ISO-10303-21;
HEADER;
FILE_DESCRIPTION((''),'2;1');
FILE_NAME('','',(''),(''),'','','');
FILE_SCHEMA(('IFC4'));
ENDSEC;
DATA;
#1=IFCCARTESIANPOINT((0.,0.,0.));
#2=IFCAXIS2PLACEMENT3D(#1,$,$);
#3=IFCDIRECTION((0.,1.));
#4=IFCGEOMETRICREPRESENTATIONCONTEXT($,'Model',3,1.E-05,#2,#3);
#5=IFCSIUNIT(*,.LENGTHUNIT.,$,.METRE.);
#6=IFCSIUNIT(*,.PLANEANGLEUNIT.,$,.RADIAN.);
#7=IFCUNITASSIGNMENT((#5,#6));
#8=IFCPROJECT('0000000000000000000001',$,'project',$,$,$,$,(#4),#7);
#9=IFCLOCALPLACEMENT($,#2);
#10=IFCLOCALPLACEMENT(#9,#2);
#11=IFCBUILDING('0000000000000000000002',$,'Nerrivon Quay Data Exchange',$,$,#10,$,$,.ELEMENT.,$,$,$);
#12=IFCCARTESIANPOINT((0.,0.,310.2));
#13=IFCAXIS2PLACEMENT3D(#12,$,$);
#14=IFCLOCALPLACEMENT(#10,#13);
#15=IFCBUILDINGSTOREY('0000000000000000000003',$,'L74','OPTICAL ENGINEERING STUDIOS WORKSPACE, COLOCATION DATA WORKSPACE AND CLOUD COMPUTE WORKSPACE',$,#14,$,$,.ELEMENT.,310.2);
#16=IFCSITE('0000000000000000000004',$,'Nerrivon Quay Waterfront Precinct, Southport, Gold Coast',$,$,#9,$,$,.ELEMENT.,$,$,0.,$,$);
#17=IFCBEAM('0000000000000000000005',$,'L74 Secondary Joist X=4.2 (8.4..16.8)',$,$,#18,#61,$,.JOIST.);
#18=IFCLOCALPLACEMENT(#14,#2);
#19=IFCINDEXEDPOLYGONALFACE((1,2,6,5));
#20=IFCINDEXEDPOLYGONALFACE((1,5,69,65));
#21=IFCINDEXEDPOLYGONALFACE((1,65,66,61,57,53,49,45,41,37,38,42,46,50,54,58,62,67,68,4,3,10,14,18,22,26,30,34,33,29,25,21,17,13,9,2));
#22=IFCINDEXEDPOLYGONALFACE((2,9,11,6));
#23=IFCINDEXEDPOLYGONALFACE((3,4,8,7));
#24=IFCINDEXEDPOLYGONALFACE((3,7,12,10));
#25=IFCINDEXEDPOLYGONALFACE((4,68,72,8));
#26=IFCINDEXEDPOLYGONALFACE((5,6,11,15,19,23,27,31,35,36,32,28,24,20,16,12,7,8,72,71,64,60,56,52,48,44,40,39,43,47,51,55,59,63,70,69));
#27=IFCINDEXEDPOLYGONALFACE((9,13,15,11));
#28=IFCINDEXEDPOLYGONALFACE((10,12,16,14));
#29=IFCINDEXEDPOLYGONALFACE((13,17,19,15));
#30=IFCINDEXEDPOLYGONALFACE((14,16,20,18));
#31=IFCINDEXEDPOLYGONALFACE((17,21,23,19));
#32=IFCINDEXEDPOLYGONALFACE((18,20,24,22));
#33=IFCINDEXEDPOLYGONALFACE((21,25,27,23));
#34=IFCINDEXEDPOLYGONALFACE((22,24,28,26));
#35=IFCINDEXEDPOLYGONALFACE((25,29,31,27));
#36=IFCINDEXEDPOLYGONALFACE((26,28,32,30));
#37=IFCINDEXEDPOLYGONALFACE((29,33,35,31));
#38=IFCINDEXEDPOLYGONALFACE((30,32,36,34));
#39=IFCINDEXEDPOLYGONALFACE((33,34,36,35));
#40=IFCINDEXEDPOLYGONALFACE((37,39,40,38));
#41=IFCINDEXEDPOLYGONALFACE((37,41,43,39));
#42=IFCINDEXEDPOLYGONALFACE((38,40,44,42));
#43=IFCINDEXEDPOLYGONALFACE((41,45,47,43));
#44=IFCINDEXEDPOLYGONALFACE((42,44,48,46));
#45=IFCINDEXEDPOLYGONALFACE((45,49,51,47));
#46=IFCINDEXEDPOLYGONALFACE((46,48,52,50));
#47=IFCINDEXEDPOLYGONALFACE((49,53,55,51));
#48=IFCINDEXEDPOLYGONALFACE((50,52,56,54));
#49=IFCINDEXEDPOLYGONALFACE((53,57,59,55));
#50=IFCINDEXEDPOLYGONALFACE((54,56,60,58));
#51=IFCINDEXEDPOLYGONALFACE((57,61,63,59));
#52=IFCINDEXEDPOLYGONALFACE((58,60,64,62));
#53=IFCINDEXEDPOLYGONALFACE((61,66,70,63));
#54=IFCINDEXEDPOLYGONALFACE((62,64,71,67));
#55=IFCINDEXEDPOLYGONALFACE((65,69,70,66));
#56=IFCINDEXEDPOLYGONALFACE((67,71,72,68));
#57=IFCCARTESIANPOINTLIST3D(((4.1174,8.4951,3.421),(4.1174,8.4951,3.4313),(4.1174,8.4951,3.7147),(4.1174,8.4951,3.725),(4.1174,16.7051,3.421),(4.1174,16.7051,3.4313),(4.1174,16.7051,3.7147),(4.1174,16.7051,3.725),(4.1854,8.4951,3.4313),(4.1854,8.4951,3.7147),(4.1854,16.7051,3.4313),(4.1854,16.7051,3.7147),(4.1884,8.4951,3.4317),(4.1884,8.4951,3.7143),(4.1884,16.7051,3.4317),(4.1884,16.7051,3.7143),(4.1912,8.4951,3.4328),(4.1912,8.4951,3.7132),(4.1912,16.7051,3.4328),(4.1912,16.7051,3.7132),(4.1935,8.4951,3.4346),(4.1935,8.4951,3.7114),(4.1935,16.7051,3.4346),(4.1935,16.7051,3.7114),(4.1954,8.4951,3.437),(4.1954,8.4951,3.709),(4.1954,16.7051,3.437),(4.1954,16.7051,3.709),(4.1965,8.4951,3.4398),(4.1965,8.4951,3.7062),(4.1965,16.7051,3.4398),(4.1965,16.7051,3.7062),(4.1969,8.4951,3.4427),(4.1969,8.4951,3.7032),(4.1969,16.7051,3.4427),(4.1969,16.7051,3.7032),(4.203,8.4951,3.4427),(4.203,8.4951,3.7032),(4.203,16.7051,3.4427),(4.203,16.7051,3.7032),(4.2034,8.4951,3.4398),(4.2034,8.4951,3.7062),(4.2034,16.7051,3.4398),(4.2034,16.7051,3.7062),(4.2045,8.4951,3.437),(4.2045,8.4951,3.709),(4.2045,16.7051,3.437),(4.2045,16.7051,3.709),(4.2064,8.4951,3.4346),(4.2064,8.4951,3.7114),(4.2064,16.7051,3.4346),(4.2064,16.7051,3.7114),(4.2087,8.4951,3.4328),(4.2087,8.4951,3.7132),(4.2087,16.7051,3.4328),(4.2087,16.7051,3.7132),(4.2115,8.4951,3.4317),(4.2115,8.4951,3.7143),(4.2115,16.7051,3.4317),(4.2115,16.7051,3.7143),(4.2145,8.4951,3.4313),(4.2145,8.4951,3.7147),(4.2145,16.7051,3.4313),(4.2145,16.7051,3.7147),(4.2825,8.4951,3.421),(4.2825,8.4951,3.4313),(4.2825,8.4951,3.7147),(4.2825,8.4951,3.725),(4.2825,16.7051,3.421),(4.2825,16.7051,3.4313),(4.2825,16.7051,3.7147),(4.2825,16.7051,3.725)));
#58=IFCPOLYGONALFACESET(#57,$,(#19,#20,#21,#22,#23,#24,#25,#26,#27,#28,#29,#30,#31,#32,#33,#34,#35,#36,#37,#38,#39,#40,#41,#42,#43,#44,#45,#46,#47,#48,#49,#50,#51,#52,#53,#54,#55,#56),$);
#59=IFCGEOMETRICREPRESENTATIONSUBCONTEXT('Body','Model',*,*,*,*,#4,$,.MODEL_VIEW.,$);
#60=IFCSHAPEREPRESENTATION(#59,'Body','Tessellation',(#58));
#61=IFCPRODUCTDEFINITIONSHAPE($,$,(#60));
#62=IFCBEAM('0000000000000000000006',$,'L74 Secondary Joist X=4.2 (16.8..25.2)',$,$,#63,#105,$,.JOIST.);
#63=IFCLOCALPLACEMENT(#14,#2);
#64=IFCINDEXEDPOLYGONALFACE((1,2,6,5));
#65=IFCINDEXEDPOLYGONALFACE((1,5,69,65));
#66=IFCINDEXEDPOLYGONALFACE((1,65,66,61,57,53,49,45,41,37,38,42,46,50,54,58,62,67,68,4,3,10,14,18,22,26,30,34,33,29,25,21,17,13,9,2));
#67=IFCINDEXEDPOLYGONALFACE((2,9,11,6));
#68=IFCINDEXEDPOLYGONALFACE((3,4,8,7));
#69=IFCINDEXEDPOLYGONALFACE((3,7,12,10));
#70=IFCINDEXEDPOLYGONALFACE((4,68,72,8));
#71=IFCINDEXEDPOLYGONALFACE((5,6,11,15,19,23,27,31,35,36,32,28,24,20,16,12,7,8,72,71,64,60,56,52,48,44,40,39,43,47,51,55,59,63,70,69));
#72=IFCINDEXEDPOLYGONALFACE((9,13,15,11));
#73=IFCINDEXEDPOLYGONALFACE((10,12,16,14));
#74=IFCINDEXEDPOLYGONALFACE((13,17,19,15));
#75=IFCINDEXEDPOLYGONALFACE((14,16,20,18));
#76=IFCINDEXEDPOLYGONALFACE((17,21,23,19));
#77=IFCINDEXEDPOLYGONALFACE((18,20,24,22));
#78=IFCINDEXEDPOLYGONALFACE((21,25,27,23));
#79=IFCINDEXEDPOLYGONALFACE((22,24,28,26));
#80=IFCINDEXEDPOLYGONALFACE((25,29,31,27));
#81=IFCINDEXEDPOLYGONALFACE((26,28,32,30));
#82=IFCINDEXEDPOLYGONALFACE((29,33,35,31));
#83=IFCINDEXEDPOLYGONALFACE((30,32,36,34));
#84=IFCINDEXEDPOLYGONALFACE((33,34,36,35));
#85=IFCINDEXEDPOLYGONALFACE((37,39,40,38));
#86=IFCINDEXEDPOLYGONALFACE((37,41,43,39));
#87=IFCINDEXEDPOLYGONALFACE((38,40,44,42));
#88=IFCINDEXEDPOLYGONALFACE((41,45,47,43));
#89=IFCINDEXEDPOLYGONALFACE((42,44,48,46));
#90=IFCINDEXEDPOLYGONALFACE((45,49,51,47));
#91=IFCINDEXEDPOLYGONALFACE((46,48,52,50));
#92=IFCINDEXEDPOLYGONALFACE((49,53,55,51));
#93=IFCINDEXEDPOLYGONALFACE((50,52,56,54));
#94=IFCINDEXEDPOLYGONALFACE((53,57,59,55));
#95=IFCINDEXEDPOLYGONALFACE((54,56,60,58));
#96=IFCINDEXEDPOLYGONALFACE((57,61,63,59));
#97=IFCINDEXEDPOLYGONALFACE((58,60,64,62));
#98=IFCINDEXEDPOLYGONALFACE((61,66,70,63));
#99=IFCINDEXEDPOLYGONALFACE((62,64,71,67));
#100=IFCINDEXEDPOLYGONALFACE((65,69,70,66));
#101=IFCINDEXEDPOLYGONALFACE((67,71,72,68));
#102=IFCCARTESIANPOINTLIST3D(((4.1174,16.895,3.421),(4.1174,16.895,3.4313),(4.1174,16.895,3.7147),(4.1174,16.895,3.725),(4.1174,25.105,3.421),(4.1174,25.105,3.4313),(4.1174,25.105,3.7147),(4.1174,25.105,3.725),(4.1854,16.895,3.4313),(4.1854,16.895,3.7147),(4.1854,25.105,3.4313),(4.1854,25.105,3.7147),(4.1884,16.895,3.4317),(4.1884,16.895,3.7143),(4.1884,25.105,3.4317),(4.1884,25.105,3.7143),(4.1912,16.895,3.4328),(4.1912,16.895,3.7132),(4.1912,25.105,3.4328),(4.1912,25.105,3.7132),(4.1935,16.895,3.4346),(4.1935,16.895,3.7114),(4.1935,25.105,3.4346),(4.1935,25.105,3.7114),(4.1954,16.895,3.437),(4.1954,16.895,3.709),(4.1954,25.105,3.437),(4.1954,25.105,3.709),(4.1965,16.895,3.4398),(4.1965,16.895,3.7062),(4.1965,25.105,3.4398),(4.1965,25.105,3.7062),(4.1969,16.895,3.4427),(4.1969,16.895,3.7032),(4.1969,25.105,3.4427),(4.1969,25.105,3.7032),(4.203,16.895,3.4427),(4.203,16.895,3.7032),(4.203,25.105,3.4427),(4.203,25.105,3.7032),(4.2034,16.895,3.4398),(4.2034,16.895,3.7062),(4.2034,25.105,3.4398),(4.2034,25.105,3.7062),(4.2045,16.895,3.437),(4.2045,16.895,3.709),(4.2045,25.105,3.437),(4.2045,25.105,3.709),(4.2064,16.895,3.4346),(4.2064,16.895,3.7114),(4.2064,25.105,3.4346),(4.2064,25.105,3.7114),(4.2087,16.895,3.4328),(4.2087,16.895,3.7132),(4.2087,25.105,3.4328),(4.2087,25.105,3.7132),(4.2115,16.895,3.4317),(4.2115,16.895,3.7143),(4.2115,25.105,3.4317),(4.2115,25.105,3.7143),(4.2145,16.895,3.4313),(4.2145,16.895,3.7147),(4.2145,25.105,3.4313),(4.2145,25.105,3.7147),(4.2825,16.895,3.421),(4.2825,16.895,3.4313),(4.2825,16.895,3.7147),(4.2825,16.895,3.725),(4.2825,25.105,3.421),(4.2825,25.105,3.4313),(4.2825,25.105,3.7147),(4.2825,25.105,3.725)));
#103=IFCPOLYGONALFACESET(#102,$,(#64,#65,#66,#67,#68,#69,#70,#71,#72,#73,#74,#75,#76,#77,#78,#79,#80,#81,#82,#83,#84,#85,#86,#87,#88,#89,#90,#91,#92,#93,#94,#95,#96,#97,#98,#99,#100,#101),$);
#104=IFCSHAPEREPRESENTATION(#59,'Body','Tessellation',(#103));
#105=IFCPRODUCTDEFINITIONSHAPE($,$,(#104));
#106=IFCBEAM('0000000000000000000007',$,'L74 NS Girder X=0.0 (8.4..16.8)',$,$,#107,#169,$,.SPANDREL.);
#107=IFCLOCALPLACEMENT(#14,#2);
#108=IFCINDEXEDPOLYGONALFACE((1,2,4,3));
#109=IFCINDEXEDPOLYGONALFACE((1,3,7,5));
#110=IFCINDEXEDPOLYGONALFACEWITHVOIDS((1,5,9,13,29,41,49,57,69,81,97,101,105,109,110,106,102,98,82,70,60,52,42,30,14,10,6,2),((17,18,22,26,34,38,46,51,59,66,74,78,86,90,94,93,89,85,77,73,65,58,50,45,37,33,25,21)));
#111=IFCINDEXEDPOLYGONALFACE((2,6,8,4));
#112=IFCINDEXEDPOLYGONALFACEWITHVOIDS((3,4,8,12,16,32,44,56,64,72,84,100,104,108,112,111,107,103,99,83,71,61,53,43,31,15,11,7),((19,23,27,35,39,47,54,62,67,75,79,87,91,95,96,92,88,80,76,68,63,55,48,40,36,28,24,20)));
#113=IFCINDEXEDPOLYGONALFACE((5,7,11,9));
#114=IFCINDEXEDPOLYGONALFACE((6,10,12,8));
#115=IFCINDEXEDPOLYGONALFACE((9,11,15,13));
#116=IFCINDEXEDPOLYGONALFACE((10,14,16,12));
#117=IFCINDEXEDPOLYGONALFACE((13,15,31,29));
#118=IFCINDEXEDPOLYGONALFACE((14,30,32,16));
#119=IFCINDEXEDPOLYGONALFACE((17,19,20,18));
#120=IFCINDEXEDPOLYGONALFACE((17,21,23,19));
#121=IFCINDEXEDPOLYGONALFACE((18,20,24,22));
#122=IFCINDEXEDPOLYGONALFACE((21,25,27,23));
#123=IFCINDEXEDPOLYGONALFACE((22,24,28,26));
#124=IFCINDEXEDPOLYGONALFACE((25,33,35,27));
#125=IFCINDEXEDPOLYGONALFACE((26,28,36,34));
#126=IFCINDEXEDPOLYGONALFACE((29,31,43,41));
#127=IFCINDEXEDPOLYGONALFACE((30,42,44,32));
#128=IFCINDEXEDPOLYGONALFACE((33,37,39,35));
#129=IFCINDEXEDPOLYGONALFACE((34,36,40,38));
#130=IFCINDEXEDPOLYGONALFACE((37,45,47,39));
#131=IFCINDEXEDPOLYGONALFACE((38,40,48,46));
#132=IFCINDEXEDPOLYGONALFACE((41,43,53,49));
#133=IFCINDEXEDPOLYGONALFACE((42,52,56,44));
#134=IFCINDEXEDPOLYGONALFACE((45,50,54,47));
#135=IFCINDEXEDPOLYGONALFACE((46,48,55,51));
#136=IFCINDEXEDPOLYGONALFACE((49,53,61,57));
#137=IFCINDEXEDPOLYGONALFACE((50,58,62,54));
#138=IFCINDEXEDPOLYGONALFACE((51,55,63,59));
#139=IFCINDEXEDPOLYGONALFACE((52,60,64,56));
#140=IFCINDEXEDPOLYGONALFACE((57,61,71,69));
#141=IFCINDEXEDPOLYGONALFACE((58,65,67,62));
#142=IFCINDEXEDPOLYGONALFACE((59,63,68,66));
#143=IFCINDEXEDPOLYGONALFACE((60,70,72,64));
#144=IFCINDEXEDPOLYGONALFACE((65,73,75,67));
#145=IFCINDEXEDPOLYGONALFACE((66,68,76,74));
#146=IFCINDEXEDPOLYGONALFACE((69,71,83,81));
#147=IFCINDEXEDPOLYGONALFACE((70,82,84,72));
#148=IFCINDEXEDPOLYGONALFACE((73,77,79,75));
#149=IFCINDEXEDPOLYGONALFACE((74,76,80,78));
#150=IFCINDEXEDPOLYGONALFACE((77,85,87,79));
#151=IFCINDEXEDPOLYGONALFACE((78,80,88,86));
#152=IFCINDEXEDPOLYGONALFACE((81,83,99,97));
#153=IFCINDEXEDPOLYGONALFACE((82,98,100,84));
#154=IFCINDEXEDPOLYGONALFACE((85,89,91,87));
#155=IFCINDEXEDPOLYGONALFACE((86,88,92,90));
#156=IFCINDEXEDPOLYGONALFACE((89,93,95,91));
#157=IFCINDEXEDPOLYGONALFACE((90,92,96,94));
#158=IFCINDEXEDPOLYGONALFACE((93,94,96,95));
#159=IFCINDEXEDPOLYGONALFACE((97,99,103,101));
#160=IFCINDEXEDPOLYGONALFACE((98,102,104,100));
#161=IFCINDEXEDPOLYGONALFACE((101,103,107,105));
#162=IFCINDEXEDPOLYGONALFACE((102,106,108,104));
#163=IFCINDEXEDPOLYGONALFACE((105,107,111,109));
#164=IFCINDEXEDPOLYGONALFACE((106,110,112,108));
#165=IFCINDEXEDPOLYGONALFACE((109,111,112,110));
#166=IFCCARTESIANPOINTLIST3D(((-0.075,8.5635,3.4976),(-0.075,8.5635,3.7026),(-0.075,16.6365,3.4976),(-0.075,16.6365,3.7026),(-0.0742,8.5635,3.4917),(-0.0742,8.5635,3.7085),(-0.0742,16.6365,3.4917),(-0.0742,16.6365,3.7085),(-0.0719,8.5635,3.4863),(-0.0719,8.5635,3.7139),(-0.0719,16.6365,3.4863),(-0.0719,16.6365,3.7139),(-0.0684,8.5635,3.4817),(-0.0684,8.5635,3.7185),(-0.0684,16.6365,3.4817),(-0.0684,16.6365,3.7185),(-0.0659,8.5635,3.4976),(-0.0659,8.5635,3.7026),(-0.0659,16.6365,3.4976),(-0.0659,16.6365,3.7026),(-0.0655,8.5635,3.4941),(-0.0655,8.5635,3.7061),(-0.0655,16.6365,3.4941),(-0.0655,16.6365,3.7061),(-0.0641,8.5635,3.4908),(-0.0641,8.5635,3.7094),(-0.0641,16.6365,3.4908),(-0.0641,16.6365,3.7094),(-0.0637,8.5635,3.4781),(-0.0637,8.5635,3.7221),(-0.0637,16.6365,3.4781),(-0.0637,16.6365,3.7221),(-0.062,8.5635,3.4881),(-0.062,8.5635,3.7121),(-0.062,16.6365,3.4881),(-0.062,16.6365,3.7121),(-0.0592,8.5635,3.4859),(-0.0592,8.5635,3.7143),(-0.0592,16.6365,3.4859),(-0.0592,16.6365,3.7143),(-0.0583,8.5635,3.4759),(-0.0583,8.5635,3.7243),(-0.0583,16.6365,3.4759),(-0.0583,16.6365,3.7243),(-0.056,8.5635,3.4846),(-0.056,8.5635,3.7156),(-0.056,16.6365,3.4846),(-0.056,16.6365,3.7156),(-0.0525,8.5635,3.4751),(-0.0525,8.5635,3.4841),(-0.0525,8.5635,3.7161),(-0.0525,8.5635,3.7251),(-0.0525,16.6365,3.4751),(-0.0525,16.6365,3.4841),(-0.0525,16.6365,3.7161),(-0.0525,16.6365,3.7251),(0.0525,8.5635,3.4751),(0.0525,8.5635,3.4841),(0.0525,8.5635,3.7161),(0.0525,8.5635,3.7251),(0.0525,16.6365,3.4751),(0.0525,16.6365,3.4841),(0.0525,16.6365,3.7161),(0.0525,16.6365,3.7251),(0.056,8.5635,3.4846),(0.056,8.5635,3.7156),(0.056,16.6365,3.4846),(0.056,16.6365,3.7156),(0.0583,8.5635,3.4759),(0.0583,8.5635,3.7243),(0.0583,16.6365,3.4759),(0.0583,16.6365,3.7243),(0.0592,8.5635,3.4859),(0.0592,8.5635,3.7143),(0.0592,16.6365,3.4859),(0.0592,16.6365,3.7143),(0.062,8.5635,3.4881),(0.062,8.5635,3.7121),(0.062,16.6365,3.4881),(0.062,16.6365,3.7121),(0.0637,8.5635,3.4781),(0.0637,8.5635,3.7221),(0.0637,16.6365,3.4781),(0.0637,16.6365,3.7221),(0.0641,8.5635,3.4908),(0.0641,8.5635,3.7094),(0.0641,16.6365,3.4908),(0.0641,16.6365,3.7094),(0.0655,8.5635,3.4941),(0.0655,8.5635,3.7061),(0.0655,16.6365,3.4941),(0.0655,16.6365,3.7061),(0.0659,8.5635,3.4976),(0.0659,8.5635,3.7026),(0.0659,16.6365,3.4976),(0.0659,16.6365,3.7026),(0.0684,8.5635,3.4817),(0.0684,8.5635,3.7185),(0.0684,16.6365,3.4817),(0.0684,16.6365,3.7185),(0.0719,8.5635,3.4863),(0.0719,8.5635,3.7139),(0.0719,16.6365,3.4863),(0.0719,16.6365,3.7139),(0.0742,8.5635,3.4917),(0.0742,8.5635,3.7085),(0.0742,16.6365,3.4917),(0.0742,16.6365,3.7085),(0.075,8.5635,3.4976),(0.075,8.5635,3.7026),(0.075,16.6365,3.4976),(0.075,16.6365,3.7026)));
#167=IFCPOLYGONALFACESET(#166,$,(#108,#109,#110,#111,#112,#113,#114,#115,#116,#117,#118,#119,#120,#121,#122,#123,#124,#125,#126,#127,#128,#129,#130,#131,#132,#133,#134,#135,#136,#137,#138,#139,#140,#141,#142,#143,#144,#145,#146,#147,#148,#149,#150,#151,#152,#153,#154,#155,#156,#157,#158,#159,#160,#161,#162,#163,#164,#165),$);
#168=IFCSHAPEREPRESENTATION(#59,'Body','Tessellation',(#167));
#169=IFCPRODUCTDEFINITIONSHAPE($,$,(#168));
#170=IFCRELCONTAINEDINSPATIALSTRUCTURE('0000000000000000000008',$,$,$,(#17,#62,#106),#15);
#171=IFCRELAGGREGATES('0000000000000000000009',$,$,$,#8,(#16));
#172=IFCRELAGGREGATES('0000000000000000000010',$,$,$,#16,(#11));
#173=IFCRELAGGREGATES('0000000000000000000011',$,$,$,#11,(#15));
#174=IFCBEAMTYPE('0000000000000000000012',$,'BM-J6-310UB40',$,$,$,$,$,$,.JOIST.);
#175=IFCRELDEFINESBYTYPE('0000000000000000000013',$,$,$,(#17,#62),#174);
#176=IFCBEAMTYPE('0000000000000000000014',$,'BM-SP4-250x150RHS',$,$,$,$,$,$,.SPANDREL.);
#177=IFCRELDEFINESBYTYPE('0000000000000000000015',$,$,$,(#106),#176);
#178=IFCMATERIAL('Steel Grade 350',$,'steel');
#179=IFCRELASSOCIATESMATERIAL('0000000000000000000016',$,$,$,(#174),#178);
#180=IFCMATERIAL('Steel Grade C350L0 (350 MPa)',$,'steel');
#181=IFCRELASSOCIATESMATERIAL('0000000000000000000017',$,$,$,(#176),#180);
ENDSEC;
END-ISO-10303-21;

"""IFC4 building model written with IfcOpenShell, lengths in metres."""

from ifc_helpers import new_model, si_unit, direction, frame, origin, origin_2d, place, context, subcontext, project, spatial, hollow_rectangle, i_section, extrude, material, material_profile, profile_set, type_object, element, save


model = new_model("IFC4")

# Units and contexts
model_context = context("Model", 3, precision=1e-05, world=origin(), true_north=direction((0.0, 1.0)))
body_context = subcontext(model_context, "Body", "Model", "MODEL_VIEW")
ifc_project = project(units=[si_unit("LENGTHUNIT", "METRE"), si_unit("PLANEANGLEUNIT", "RADIAN")], contexts=[model_context])

# Site, building, storey
site_placement = place(None, origin())
site = spatial("IfcSite", under=ifc_project, at=site_placement, Name="Nerrivon Quay Waterfront Precinct, Southport, Gold Coast", CompositionType="ELEMENT", RefElevation=0.0)
building_placement = place(site_placement, origin())
building = spatial("IfcBuilding", under=site, at=building_placement, Name="Nerrivon Quay Data Exchange", CompositionType="ELEMENT")
storey_placement = place(building_placement, frame((0.0, 0.0, 310.2)))
storey = spatial("IfcBuildingStorey", under=building, at=storey_placement, Name="L74", Description="OPTICAL ENGINEERING STUDIOS WORKSPACE, COLOCATION DATA WORKSPACE AND CLOUD COMPUTE WORKSPACE", CompositionType="ELEMENT", Elevation=310.2)

# Shared definitions
ifc_material_1 = material(Name="Steel Grade 350", Category="steel")

# Beams
ifc_material_profile_1 = material_profile(ifc_material_1, i_section(OverallWidth=0.165, OverallDepth=0.304, WebThickness=0.0061, FlangeThickness=0.0103, FilletRadius=0.0115, at=origin_2d()), Name="310UB40.4")
ifc_profile_set_1 = profile_set([ifc_material_profile_1], Name="Steel Grade 350")
beam_type_1 = type_object("IfcBeamType", Name="BM-J6-310UB40", PredefinedType="JOIST", material=ifc_profile_set_1)
for number, where, z_axis, x_axis, name in (
    (1, (4.2, 8.4951, 3.573), (0.0, 1.0, 0.0), (-1.0, 0.0, 0.0), "L74 Secondary Joist X=4.2 (8.4..16.8)"),
    (2, (4.2, 16.895, 3.573), (0.0, 1.0, 0.0), (-1.0, 0.0, 0.0), "L74 Secondary Joist X=4.2 (16.8..25.2)"),
):
    element("IfcBeam", number, at=place(storey_placement, frame(where, z_axis=z_axis, x_axis=x_axis)), inside=storey, type_object=beam_type_1, Name=name, PredefinedType="JOIST", context=body_context, shape_type="SweptSolid", body=[
        extrude(i_section(OverallWidth=0.165, OverallDepth=0.304, WebThickness=0.0061, FlangeThickness=0.0103, FilletRadius=0.0115, at=origin_2d()), origin(), (0.0, 0.0, 1.0), 8.21),
    ])
ifc_material_2 = material(Name="Steel Grade C350L0 (350 MPa)", Category="steel")
ifc_material_profile_2 = material_profile(ifc_material_2, hollow_rectangle(XDim=0.1499, YDim=0.25, WallThickness=0.009, InnerFilletRadius=0.0134, OuterFilletRadius=0.0225, at=origin_2d()), Name="250x150x9.0RHS")
ifc_profile_set_2 = profile_set([ifc_material_profile_2], Name="Steel Grade C350L0 (350 MPa)")
beam_type_2 = type_object("IfcBeamType", Name="BM-SP4-250x150RHS", PredefinedType="SPANDREL", material=ifc_profile_set_2)
beam_1_placement = place(storey_placement, frame((0.0, 8.5635, 3.6001), z_axis=(0.0, 1.0, 0.0), x_axis=(-1.0, 0.0, 0.0)))
element("IfcBeam", 3, at=beam_1_placement, inside=storey, type_object=beam_type_2, Name="L74 NS Girder X=0.0 (8.4..16.8)", PredefinedType="SPANDREL", context=body_context, shape_type="SweptSolid", body=[
    extrude(hollow_rectangle(XDim=0.1499, YDim=0.25, WallThickness=0.009, InnerFilletRadius=0.0134, OuterFilletRadius=0.0225, at=origin_2d()), origin(), (0.0, 0.0, 1.0), 8.073),
])

save(model, "model.ifc")
